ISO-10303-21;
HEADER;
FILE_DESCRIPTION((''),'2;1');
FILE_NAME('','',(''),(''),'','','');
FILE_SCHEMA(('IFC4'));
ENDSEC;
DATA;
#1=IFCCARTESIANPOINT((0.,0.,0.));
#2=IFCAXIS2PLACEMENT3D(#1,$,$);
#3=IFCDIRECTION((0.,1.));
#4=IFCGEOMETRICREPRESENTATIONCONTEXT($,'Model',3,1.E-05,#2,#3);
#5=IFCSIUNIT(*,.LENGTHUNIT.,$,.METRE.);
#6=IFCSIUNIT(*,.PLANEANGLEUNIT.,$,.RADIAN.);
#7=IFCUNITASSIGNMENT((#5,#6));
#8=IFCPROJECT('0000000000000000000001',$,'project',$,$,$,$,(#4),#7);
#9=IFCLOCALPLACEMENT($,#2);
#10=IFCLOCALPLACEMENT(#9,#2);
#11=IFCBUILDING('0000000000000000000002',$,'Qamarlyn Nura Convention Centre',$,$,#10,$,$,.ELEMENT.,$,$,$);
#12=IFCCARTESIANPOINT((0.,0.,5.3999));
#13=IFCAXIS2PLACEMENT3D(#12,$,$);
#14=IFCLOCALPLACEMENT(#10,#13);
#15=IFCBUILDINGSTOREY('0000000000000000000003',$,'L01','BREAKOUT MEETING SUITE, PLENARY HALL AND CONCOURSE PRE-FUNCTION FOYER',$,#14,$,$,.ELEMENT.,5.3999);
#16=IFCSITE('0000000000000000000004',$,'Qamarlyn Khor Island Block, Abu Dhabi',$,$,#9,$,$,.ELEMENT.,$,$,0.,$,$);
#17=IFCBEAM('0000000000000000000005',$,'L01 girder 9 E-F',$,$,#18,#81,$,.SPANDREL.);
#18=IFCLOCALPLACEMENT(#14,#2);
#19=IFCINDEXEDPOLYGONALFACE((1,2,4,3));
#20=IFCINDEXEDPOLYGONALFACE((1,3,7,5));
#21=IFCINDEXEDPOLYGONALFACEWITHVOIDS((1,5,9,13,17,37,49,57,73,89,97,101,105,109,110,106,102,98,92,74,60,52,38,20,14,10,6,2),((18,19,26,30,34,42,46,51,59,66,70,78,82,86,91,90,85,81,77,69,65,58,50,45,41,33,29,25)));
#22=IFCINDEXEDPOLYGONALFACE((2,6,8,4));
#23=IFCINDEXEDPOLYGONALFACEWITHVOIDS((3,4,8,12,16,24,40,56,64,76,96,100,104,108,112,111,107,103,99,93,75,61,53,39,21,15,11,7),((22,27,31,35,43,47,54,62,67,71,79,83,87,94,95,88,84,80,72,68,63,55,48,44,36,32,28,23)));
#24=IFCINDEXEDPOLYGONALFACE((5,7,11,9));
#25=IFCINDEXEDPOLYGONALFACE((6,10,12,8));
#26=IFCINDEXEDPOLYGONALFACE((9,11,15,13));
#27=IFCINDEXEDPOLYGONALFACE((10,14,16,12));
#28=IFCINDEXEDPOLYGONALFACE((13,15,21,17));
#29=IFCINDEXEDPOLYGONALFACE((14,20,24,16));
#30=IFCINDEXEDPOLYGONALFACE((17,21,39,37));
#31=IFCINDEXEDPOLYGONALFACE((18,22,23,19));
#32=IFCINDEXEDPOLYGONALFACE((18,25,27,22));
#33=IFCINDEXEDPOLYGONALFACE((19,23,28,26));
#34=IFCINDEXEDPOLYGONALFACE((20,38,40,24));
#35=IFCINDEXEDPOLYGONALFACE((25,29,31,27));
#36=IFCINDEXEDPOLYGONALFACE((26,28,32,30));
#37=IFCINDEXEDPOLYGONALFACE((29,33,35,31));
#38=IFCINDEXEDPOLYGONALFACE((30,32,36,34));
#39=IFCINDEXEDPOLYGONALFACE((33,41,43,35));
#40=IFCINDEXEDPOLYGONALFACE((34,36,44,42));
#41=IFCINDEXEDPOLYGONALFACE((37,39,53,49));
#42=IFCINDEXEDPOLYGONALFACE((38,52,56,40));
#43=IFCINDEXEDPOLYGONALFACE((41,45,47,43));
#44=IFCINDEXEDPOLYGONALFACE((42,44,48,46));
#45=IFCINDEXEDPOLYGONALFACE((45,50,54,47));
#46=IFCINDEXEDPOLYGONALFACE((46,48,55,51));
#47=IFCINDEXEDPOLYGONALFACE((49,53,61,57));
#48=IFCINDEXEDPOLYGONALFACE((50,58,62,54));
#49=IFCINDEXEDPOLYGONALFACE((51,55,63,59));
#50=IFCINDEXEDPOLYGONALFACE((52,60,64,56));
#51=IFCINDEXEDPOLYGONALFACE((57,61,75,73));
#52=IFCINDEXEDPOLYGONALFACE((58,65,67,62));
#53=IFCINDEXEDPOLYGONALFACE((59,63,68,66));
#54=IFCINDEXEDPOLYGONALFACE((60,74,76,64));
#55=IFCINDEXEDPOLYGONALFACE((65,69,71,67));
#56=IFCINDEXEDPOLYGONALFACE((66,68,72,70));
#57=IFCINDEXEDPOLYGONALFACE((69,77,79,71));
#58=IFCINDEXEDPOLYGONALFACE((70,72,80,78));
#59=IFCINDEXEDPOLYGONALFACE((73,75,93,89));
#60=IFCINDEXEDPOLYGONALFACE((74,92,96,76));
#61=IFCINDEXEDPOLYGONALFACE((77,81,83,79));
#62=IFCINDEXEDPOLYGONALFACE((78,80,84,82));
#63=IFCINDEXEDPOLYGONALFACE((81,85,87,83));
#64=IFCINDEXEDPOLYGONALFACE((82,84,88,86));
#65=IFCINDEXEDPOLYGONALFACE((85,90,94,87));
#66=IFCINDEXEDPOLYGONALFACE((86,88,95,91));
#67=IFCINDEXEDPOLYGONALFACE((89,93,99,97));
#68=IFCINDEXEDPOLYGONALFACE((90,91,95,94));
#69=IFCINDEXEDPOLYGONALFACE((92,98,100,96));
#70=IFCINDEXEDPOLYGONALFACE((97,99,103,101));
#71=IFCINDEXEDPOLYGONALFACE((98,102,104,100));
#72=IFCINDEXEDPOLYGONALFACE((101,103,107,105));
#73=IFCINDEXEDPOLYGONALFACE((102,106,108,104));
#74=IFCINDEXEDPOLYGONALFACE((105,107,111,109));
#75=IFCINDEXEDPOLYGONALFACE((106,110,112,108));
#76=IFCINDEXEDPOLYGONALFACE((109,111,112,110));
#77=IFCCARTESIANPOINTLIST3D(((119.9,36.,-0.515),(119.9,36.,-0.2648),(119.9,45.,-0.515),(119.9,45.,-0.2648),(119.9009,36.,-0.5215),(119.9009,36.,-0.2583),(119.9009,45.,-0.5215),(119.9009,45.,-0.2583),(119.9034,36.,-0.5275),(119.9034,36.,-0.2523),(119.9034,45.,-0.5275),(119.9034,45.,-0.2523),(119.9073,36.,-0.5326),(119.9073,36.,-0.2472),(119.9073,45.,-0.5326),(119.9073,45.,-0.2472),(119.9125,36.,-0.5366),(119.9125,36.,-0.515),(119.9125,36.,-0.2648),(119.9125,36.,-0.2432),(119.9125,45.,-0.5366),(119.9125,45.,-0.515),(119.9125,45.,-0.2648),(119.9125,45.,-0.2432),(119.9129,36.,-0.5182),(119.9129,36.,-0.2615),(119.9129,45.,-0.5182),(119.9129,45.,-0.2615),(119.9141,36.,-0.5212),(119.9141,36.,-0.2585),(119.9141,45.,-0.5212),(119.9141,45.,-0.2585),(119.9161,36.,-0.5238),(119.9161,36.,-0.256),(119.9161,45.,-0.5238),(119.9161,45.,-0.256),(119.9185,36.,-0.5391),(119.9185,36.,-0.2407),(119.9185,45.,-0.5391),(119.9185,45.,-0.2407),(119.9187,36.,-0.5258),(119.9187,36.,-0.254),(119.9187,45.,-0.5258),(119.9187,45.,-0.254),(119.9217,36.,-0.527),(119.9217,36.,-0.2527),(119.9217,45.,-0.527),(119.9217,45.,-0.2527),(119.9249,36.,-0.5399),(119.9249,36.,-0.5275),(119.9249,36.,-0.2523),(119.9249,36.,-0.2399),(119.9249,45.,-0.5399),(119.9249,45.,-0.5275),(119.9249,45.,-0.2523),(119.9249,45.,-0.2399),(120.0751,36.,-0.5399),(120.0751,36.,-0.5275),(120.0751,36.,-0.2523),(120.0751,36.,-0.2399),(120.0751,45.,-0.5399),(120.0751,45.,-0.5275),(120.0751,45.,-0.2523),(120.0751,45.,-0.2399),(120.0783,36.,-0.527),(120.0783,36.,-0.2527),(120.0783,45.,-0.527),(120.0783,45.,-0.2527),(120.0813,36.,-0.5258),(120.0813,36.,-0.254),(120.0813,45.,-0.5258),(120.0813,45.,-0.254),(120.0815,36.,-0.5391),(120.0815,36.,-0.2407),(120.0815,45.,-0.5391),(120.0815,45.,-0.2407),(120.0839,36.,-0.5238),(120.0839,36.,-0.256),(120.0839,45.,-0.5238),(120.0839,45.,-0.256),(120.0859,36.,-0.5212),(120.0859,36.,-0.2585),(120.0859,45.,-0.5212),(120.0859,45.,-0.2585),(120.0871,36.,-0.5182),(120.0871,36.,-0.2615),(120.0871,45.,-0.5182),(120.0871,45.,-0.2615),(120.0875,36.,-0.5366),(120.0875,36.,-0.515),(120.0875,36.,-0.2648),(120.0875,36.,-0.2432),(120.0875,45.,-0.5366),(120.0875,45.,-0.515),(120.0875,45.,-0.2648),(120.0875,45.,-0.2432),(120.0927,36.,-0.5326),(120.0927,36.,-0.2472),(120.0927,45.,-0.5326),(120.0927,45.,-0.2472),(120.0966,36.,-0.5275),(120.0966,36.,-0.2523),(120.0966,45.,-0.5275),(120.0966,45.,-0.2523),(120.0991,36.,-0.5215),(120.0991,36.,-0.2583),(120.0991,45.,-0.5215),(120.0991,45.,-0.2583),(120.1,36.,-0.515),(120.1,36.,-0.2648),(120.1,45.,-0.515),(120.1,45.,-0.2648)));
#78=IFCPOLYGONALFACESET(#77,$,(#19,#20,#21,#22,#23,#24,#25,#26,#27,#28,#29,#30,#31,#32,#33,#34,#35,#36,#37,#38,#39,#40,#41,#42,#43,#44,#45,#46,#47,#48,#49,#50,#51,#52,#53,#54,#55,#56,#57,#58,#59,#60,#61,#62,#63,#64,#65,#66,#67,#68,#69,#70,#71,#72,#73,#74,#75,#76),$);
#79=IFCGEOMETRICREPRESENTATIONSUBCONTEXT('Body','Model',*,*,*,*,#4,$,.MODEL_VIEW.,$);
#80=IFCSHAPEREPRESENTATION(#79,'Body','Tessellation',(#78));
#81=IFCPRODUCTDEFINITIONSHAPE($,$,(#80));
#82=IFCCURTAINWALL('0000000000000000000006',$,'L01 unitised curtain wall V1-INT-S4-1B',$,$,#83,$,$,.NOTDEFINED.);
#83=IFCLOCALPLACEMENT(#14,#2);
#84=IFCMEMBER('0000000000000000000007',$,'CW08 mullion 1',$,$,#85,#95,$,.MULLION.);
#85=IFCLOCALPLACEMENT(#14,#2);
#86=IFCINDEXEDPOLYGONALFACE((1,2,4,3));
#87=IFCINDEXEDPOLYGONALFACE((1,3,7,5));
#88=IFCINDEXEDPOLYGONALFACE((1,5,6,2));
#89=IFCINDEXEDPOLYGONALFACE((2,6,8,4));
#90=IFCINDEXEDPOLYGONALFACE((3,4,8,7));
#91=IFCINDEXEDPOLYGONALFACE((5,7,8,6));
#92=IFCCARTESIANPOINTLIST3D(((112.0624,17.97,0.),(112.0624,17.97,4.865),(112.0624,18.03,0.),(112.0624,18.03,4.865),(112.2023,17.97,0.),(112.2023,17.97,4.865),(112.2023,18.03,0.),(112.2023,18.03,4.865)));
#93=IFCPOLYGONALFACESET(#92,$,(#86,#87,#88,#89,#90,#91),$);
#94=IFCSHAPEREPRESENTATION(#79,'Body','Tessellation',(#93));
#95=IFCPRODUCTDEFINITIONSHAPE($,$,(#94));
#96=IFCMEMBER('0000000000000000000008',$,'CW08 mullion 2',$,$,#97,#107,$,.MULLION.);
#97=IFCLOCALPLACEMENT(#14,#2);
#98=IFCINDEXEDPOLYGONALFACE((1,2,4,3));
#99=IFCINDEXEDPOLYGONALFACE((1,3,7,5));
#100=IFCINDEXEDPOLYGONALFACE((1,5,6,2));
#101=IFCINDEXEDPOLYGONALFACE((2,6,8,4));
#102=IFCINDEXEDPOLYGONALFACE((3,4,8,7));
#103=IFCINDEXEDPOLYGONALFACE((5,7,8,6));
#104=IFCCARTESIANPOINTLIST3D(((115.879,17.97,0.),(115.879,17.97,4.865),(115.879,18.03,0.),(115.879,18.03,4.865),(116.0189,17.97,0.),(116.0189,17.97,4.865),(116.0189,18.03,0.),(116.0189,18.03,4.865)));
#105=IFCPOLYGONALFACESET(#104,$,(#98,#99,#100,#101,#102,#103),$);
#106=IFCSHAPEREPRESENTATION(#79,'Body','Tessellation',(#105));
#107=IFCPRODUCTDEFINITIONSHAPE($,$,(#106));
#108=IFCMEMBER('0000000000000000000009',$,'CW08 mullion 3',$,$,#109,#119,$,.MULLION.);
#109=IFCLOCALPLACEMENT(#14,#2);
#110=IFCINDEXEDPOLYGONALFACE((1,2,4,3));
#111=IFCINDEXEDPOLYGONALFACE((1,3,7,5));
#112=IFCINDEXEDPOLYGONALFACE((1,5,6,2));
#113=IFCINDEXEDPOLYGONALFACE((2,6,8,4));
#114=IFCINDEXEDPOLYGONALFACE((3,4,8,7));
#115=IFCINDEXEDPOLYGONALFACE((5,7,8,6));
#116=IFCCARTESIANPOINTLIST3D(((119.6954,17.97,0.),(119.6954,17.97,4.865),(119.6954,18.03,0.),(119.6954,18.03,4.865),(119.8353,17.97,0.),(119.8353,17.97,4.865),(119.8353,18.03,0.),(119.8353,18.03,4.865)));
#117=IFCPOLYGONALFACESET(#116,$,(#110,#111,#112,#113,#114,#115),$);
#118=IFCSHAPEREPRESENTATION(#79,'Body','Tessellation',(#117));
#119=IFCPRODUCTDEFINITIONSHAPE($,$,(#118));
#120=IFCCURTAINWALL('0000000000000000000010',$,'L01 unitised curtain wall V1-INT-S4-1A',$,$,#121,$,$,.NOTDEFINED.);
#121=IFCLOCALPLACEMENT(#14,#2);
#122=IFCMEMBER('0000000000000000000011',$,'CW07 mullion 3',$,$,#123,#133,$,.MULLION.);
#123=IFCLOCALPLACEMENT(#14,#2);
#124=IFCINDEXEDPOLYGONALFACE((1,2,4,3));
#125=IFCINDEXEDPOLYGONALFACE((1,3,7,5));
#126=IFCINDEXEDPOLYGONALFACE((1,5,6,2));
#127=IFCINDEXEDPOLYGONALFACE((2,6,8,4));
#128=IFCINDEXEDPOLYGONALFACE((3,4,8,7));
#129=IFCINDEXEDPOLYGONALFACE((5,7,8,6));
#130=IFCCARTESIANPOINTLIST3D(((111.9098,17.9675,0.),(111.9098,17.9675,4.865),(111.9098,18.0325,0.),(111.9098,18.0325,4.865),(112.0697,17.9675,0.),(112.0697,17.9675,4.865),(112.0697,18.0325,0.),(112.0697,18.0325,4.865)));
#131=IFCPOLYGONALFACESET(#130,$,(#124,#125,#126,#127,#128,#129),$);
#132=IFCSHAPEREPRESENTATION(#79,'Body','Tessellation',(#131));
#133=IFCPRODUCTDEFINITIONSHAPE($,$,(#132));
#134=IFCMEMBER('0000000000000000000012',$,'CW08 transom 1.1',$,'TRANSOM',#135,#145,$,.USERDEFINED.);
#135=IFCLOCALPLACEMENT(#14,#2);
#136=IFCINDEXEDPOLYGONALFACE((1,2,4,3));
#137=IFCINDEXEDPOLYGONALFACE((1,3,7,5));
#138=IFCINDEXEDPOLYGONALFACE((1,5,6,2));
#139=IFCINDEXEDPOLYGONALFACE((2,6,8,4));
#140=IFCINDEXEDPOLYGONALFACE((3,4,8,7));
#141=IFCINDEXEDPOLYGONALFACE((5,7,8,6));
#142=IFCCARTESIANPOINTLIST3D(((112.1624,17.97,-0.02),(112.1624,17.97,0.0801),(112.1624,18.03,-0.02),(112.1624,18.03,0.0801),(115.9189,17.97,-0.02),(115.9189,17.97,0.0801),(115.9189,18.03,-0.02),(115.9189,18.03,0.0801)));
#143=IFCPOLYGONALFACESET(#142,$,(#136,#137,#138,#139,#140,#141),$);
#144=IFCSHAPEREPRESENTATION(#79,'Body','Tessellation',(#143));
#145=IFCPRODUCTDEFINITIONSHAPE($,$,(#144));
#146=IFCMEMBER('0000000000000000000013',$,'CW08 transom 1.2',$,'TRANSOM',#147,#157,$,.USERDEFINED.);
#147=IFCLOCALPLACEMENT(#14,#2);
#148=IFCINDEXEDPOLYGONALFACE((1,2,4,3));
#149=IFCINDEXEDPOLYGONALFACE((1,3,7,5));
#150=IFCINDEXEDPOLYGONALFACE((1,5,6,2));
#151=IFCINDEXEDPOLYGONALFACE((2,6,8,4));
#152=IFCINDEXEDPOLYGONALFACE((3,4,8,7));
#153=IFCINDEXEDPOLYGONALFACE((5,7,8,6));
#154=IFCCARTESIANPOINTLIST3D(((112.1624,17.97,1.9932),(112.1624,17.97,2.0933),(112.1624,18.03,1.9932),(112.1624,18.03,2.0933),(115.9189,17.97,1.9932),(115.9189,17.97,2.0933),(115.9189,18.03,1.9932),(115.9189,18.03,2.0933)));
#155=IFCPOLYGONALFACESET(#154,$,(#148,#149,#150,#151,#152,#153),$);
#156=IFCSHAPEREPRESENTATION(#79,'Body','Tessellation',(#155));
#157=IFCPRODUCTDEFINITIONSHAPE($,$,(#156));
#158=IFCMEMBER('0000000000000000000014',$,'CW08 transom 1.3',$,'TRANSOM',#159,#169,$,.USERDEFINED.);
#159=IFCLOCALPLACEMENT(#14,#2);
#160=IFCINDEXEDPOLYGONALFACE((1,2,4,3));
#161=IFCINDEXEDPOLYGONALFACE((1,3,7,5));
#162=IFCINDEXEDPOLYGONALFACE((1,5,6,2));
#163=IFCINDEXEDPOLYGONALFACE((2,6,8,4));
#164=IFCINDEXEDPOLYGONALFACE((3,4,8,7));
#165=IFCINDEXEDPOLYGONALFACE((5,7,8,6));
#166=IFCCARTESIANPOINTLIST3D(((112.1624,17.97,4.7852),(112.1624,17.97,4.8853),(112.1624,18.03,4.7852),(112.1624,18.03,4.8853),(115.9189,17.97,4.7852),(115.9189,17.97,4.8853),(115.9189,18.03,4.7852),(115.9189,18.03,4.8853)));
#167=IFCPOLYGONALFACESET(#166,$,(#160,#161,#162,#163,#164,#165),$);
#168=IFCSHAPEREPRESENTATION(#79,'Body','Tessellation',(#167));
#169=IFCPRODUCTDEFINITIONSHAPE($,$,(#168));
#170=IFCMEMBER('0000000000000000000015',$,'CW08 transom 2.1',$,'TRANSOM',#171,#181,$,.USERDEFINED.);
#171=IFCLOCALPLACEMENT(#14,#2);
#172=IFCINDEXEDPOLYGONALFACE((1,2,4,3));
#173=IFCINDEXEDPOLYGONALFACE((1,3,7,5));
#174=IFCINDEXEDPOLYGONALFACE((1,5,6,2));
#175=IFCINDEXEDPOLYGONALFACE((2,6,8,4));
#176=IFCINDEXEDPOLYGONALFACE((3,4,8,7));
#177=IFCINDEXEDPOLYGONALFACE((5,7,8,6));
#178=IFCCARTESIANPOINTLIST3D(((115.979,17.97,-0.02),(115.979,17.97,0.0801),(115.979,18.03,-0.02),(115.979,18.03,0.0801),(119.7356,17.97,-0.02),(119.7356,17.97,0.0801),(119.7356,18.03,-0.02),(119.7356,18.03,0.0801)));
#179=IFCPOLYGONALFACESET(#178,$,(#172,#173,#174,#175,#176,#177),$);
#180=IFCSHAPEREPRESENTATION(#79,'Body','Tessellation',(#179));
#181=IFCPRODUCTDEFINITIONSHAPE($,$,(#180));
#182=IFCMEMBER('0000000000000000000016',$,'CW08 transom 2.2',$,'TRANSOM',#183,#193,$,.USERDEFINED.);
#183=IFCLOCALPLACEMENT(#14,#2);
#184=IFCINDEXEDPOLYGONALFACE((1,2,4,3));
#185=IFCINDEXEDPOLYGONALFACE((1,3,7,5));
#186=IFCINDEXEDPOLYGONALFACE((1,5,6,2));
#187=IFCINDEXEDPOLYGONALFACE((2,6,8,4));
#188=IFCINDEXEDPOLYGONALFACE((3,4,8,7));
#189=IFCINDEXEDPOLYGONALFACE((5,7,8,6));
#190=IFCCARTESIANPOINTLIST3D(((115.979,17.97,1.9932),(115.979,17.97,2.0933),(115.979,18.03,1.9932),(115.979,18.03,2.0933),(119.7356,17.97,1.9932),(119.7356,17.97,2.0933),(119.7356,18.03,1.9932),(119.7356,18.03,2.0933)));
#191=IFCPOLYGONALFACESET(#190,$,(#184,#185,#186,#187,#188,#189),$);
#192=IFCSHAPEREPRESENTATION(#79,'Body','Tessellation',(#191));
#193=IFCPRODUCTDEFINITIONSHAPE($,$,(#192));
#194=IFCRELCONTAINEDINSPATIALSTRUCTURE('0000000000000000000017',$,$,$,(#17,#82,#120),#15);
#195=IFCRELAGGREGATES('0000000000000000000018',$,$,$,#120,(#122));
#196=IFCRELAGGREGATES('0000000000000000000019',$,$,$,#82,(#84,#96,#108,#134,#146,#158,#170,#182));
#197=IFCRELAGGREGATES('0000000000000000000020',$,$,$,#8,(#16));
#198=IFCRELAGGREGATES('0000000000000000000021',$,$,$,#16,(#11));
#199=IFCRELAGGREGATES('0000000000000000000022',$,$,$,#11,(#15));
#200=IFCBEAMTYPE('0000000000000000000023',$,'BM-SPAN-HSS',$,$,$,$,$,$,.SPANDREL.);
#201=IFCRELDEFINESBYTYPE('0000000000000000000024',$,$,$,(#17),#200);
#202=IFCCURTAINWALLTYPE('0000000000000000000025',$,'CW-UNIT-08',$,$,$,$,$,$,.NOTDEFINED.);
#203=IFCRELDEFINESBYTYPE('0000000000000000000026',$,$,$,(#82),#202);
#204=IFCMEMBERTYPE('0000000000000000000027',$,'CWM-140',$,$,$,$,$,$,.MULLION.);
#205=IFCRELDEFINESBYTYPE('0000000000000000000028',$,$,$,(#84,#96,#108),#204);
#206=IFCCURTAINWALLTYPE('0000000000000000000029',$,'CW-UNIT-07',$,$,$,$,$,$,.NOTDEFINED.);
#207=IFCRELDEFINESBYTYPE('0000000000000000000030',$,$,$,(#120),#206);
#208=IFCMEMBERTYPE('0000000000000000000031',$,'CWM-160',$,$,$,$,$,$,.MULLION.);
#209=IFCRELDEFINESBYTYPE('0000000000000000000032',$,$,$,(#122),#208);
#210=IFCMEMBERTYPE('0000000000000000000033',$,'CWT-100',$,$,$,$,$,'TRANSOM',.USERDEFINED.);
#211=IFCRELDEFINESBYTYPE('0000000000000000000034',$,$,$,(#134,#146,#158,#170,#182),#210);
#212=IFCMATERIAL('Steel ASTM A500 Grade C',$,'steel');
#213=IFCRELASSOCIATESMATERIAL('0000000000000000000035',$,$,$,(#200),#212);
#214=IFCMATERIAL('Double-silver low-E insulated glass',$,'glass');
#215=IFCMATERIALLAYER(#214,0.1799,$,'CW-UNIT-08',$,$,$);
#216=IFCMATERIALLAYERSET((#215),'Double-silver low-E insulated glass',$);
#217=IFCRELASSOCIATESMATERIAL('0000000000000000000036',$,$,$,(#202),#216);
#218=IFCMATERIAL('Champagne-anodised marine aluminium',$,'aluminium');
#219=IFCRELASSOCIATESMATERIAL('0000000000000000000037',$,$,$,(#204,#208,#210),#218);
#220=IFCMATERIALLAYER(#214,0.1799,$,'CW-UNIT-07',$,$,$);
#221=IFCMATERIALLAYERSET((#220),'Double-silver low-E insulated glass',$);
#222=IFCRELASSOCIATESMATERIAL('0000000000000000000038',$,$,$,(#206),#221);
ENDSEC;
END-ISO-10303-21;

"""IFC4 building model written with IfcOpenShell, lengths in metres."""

from ifc_helpers import new_model, si_unit, direction, frame, origin, origin_2d, place, context, subcontext, project, spatial, rectangle, hollow_rectangle, extrude, material, layer, layer_set, material_profile, profile_set, type_object, element, aggregate, save


model = new_model("IFC4")

# Units and contexts
model_context = context("Model", 3, precision=1e-05, world=origin(), true_north=direction((0.0, 1.0)))
body_context = subcontext(model_context, "Body", "Model", "MODEL_VIEW")
ifc_project = project(units=[si_unit("LENGTHUNIT", "METRE"), si_unit("PLANEANGLEUNIT", "RADIAN")], contexts=[model_context])

# Site, building, storey
site_placement = place(None, origin())
site = spatial("IfcSite", under=ifc_project, at=site_placement, Name="Qamarlyn Khor Island Block, Abu Dhabi", CompositionType="ELEMENT", RefElevation=0.0)
building_placement = place(site_placement, origin())
building = spatial("IfcBuilding", under=site, at=building_placement, Name="Qamarlyn Nura Convention Centre", CompositionType="ELEMENT")
storey_placement = place(building_placement, frame((0.0, 0.0, 5.3999)))
storey = spatial("IfcBuildingStorey", under=building, at=storey_placement, Name="L01", Description="BREAKOUT MEETING SUITE, PLENARY HALL AND CONCOURSE PRE-FUNCTION FOYER", CompositionType="ELEMENT", Elevation=5.3999)

# Beam
ifc_material_1 = material(Name="Steel ASTM A500 Grade C", Category="steel")
ifc_material_profile_1 = material_profile(ifc_material_1, hollow_rectangle(XDim=0.2, YDim=0.3, WallThickness=0.0125, InnerFilletRadius=0.0125, OuterFilletRadius=0.0249, at=origin_2d()), Name="HSS300X200X12.5")
ifc_profile_set_1 = profile_set([ifc_material_profile_1], Name="Steel ASTM A500 Grade C")
beam_type_1 = type_object("IfcBeamType", Name="BM-SPAN-HSS", PredefinedType="SPANDREL", material=ifc_profile_set_1)
beam_1_placement = place(storey_placement, frame((120.0, 36.0, -0.3899), z_axis=(0.0, 1.0, 0.0), x_axis=(-1.0, 0.0, 0.0)))
element("IfcBeam", 1, at=beam_1_placement, inside=storey, type_object=beam_type_1, Name="L01 girder 9 E-F", PredefinedType="SPANDREL", context=body_context, shape_type="SweptSolid", body=[
    extrude(hollow_rectangle(XDim=0.2, YDim=0.3, WallThickness=0.0125, InnerFilletRadius=0.0125, OuterFilletRadius=0.0249, at=origin_2d()), origin(), (0.0, 0.0, 1.0), 9.0),
])

# Curtain wall, members
ifc_material_2 = material(Name="Double-silver low-E insulated glass", Category="glass")
ifc_layer_1 = layer(ifc_material_2, 0.1799, Name="CW-UNIT-08")
ifc_layer_set_1 = layer_set([ifc_layer_1], Name="Double-silver low-E insulated glass")
curtain_wall_type_1 = type_object("IfcCurtainWallType", Name="CW-UNIT-08", PredefinedType="NOTDEFINED", material=ifc_layer_set_1)
curtain_wall_1_placement = place(storey_placement, origin())
curtain_wall_1 = element("IfcCurtainWall", 2, at=curtain_wall_1_placement, inside=storey, type_object=curtain_wall_type_1, Name="L01 unitised curtain wall V1-INT-S4-1B", PredefinedType="NOTDEFINED")
ifc_material_3 = material(Name="Champagne-anodised marine aluminium", Category="aluminium")
ifc_material_profile_2 = material_profile(ifc_material_3, rectangle(XDim=0.0601, YDim=0.1399, at=origin_2d()), Name="ALU MULLION 60x140")
ifc_profile_set_2 = profile_set([ifc_material_profile_2], Name="Champagne-anodised marine aluminium")
member_type_1 = type_object("IfcMemberType", Name="CWM-140", PredefinedType="MULLION", material=ifc_profile_set_2)
member_1_placement = place(storey_placement, frame((112.1323, 18.0, 0.0), z_axis=(0.0, 0.0, 1.0), x_axis=(0.0, 1.0, 0.0)))
member_1 = element("IfcMember", 3, at=member_1_placement, type_object=member_type_1, Name="CW08 mullion 1", PredefinedType="MULLION", context=body_context, shape_type="SweptSolid", body=[
    extrude(rectangle(XDim=0.0601, YDim=0.1399, at=origin_2d()), origin(), (0.0, 0.0, 1.0), 4.865),
])
member_2_placement = place(storey_placement, frame((115.949, 18.0, 0.0), z_axis=(0.0, 0.0, 1.0), x_axis=(0.0, 1.0, 0.0)))
member_2 = element("IfcMember", 4, at=member_2_placement, type_object=member_type_1, Name="CW08 mullion 2", PredefinedType="MULLION", context=body_context, shape_type="SweptSolid", body=[
    extrude(rectangle(XDim=0.0601, YDim=0.1399, at=origin_2d()), origin(), (0.0, 0.0, 1.0), 4.865),
])
member_3_placement = place(storey_placement, frame((119.7654, 18.0, 0.0), z_axis=(0.0, 0.0, 1.0), x_axis=(0.0, 1.0, 0.0)))
member_3 = element("IfcMember", 5, at=member_3_placement, type_object=member_type_1, Name="CW08 mullion 3", PredefinedType="MULLION", context=body_context, shape_type="SweptSolid", body=[
    extrude(rectangle(XDim=0.0601, YDim=0.1399, at=origin_2d()), origin(), (0.0, 0.0, 1.0), 4.865),
])

# Curtain wall, member
ifc_layer_2 = layer(ifc_material_2, 0.1799, Name="CW-UNIT-07")
ifc_layer_set_2 = layer_set([ifc_layer_2], Name="Double-silver low-E insulated glass")
curtain_wall_type_2 = type_object("IfcCurtainWallType", Name="CW-UNIT-07", PredefinedType="NOTDEFINED", material=ifc_layer_set_2)
curtain_wall_2_placement = place(storey_placement, origin())
curtain_wall_2 = element("IfcCurtainWall", 6, at=curtain_wall_2_placement, inside=storey, type_object=curtain_wall_type_2, Name="L01 unitised curtain wall V1-INT-S4-1A", PredefinedType="NOTDEFINED")
ifc_material_profile_3 = material_profile(ifc_material_3, rectangle(XDim=0.0649, YDim=0.1599, at=origin_2d()), Name="ALU MULLION 65x160")
ifc_profile_set_3 = profile_set([ifc_material_profile_3], Name="Champagne-anodised marine aluminium")
member_type_2 = type_object("IfcMemberType", Name="CWM-160", PredefinedType="MULLION", material=ifc_profile_set_3)
member_4_placement = place(storey_placement, frame((111.9897, 18.0, 0.0), z_axis=(0.0, 0.0, 1.0), x_axis=(0.0, 1.0, 0.0)))
member_4 = element("IfcMember", 7, at=member_4_placement, type_object=member_type_2, Name="CW07 mullion 3", PredefinedType="MULLION", context=body_context, shape_type="SweptSolid", body=[
    extrude(rectangle(XDim=0.0649, YDim=0.1599, at=origin_2d()), origin(), (0.0, 0.0, 1.0), 4.865),
])

# Members
ifc_material_profile_4 = material_profile(ifc_material_3, rectangle(XDim=0.0601, YDim=0.1001, at=origin_2d()), Name="ALU TRANSOM 60x100")
ifc_profile_set_4 = profile_set([ifc_material_profile_4], Name="Champagne-anodised marine aluminium")
member_type_3 = type_object("IfcMemberType", Name="CWT-100", ElementType="TRANSOM", PredefinedType="USERDEFINED", material=ifc_profile_set_4)
member_5_placement = place(storey_placement, frame((112.1624, 18.0, 0.03), z_axis=(1.0, 0.0, 0.0), x_axis=(0.0, 1.0, 0.0)))
member_5 = element("IfcMember", 8, at=member_5_placement, type_object=member_type_3, Name="CW08 transom 1.1", ObjectType="TRANSOM", PredefinedType="USERDEFINED", context=body_context, shape_type="SweptSolid", body=[
    extrude(rectangle(XDim=0.0601, YDim=0.1001, at=origin_2d()), origin(), (0.0, 0.0, 1.0), 3.7566),
])
member_6_placement = place(storey_placement, frame((112.1624, 18.0, 2.0432), z_axis=(1.0, 0.0, 0.0), x_axis=(0.0, 1.0, 0.0)))
member_6 = element("IfcMember", 9, at=member_6_placement, type_object=member_type_3, Name="CW08 transom 1.2", ObjectType="TRANSOM", PredefinedType="USERDEFINED", context=body_context, shape_type="SweptSolid", body=[
    extrude(rectangle(XDim=0.0601, YDim=0.1001, at=origin_2d()), origin(), (0.0, 0.0, 1.0), 3.7566),
])
member_7_placement = place(storey_placement, frame((112.1624, 18.0, 4.8352), z_axis=(1.0, 0.0, 0.0), x_axis=(0.0, 1.0, 0.0)))
member_7 = element("IfcMember", 10, at=member_7_placement, type_object=member_type_3, Name="CW08 transom 1.3", ObjectType="TRANSOM", PredefinedType="USERDEFINED", context=body_context, shape_type="SweptSolid", body=[
    extrude(rectangle(XDim=0.0601, YDim=0.1001, at=origin_2d()), origin(), (0.0, 0.0, 1.0), 3.7566),
])
member_8_placement = place(storey_placement, frame((115.979, 18.0, 0.03), z_axis=(1.0, 0.0, 0.0), x_axis=(0.0, 1.0, 0.0)))
member_8 = element("IfcMember", 11, at=member_8_placement, type_object=member_type_3, Name="CW08 transom 2.1", ObjectType="TRANSOM", PredefinedType="USERDEFINED", context=body_context, shape_type="SweptSolid", body=[
    extrude(rectangle(XDim=0.0601, YDim=0.1001, at=origin_2d()), origin(), (0.0, 0.0, 1.0), 3.7566),
])
member_9_placement = place(storey_placement, frame((115.979, 18.0, 2.0432), z_axis=(1.0, 0.0, 0.0), x_axis=(0.0, 1.0, 0.0)))
member_9 = element("IfcMember", 12, at=member_9_placement, type_object=member_type_3, Name="CW08 transom 2.2", ObjectType="TRANSOM", PredefinedType="USERDEFINED", context=body_context, shape_type="SweptSolid", body=[
    extrude(rectangle(XDim=0.0601, YDim=0.1001, at=origin_2d()), origin(), (0.0, 0.0, 1.0), 3.7566),
])

aggregate(curtain_wall_2, [member_4])
aggregate(curtain_wall_1, [member_1, member_2, member_3, member_5, member_6, member_7, member_8, member_9])

save(model, "model.ifc")
